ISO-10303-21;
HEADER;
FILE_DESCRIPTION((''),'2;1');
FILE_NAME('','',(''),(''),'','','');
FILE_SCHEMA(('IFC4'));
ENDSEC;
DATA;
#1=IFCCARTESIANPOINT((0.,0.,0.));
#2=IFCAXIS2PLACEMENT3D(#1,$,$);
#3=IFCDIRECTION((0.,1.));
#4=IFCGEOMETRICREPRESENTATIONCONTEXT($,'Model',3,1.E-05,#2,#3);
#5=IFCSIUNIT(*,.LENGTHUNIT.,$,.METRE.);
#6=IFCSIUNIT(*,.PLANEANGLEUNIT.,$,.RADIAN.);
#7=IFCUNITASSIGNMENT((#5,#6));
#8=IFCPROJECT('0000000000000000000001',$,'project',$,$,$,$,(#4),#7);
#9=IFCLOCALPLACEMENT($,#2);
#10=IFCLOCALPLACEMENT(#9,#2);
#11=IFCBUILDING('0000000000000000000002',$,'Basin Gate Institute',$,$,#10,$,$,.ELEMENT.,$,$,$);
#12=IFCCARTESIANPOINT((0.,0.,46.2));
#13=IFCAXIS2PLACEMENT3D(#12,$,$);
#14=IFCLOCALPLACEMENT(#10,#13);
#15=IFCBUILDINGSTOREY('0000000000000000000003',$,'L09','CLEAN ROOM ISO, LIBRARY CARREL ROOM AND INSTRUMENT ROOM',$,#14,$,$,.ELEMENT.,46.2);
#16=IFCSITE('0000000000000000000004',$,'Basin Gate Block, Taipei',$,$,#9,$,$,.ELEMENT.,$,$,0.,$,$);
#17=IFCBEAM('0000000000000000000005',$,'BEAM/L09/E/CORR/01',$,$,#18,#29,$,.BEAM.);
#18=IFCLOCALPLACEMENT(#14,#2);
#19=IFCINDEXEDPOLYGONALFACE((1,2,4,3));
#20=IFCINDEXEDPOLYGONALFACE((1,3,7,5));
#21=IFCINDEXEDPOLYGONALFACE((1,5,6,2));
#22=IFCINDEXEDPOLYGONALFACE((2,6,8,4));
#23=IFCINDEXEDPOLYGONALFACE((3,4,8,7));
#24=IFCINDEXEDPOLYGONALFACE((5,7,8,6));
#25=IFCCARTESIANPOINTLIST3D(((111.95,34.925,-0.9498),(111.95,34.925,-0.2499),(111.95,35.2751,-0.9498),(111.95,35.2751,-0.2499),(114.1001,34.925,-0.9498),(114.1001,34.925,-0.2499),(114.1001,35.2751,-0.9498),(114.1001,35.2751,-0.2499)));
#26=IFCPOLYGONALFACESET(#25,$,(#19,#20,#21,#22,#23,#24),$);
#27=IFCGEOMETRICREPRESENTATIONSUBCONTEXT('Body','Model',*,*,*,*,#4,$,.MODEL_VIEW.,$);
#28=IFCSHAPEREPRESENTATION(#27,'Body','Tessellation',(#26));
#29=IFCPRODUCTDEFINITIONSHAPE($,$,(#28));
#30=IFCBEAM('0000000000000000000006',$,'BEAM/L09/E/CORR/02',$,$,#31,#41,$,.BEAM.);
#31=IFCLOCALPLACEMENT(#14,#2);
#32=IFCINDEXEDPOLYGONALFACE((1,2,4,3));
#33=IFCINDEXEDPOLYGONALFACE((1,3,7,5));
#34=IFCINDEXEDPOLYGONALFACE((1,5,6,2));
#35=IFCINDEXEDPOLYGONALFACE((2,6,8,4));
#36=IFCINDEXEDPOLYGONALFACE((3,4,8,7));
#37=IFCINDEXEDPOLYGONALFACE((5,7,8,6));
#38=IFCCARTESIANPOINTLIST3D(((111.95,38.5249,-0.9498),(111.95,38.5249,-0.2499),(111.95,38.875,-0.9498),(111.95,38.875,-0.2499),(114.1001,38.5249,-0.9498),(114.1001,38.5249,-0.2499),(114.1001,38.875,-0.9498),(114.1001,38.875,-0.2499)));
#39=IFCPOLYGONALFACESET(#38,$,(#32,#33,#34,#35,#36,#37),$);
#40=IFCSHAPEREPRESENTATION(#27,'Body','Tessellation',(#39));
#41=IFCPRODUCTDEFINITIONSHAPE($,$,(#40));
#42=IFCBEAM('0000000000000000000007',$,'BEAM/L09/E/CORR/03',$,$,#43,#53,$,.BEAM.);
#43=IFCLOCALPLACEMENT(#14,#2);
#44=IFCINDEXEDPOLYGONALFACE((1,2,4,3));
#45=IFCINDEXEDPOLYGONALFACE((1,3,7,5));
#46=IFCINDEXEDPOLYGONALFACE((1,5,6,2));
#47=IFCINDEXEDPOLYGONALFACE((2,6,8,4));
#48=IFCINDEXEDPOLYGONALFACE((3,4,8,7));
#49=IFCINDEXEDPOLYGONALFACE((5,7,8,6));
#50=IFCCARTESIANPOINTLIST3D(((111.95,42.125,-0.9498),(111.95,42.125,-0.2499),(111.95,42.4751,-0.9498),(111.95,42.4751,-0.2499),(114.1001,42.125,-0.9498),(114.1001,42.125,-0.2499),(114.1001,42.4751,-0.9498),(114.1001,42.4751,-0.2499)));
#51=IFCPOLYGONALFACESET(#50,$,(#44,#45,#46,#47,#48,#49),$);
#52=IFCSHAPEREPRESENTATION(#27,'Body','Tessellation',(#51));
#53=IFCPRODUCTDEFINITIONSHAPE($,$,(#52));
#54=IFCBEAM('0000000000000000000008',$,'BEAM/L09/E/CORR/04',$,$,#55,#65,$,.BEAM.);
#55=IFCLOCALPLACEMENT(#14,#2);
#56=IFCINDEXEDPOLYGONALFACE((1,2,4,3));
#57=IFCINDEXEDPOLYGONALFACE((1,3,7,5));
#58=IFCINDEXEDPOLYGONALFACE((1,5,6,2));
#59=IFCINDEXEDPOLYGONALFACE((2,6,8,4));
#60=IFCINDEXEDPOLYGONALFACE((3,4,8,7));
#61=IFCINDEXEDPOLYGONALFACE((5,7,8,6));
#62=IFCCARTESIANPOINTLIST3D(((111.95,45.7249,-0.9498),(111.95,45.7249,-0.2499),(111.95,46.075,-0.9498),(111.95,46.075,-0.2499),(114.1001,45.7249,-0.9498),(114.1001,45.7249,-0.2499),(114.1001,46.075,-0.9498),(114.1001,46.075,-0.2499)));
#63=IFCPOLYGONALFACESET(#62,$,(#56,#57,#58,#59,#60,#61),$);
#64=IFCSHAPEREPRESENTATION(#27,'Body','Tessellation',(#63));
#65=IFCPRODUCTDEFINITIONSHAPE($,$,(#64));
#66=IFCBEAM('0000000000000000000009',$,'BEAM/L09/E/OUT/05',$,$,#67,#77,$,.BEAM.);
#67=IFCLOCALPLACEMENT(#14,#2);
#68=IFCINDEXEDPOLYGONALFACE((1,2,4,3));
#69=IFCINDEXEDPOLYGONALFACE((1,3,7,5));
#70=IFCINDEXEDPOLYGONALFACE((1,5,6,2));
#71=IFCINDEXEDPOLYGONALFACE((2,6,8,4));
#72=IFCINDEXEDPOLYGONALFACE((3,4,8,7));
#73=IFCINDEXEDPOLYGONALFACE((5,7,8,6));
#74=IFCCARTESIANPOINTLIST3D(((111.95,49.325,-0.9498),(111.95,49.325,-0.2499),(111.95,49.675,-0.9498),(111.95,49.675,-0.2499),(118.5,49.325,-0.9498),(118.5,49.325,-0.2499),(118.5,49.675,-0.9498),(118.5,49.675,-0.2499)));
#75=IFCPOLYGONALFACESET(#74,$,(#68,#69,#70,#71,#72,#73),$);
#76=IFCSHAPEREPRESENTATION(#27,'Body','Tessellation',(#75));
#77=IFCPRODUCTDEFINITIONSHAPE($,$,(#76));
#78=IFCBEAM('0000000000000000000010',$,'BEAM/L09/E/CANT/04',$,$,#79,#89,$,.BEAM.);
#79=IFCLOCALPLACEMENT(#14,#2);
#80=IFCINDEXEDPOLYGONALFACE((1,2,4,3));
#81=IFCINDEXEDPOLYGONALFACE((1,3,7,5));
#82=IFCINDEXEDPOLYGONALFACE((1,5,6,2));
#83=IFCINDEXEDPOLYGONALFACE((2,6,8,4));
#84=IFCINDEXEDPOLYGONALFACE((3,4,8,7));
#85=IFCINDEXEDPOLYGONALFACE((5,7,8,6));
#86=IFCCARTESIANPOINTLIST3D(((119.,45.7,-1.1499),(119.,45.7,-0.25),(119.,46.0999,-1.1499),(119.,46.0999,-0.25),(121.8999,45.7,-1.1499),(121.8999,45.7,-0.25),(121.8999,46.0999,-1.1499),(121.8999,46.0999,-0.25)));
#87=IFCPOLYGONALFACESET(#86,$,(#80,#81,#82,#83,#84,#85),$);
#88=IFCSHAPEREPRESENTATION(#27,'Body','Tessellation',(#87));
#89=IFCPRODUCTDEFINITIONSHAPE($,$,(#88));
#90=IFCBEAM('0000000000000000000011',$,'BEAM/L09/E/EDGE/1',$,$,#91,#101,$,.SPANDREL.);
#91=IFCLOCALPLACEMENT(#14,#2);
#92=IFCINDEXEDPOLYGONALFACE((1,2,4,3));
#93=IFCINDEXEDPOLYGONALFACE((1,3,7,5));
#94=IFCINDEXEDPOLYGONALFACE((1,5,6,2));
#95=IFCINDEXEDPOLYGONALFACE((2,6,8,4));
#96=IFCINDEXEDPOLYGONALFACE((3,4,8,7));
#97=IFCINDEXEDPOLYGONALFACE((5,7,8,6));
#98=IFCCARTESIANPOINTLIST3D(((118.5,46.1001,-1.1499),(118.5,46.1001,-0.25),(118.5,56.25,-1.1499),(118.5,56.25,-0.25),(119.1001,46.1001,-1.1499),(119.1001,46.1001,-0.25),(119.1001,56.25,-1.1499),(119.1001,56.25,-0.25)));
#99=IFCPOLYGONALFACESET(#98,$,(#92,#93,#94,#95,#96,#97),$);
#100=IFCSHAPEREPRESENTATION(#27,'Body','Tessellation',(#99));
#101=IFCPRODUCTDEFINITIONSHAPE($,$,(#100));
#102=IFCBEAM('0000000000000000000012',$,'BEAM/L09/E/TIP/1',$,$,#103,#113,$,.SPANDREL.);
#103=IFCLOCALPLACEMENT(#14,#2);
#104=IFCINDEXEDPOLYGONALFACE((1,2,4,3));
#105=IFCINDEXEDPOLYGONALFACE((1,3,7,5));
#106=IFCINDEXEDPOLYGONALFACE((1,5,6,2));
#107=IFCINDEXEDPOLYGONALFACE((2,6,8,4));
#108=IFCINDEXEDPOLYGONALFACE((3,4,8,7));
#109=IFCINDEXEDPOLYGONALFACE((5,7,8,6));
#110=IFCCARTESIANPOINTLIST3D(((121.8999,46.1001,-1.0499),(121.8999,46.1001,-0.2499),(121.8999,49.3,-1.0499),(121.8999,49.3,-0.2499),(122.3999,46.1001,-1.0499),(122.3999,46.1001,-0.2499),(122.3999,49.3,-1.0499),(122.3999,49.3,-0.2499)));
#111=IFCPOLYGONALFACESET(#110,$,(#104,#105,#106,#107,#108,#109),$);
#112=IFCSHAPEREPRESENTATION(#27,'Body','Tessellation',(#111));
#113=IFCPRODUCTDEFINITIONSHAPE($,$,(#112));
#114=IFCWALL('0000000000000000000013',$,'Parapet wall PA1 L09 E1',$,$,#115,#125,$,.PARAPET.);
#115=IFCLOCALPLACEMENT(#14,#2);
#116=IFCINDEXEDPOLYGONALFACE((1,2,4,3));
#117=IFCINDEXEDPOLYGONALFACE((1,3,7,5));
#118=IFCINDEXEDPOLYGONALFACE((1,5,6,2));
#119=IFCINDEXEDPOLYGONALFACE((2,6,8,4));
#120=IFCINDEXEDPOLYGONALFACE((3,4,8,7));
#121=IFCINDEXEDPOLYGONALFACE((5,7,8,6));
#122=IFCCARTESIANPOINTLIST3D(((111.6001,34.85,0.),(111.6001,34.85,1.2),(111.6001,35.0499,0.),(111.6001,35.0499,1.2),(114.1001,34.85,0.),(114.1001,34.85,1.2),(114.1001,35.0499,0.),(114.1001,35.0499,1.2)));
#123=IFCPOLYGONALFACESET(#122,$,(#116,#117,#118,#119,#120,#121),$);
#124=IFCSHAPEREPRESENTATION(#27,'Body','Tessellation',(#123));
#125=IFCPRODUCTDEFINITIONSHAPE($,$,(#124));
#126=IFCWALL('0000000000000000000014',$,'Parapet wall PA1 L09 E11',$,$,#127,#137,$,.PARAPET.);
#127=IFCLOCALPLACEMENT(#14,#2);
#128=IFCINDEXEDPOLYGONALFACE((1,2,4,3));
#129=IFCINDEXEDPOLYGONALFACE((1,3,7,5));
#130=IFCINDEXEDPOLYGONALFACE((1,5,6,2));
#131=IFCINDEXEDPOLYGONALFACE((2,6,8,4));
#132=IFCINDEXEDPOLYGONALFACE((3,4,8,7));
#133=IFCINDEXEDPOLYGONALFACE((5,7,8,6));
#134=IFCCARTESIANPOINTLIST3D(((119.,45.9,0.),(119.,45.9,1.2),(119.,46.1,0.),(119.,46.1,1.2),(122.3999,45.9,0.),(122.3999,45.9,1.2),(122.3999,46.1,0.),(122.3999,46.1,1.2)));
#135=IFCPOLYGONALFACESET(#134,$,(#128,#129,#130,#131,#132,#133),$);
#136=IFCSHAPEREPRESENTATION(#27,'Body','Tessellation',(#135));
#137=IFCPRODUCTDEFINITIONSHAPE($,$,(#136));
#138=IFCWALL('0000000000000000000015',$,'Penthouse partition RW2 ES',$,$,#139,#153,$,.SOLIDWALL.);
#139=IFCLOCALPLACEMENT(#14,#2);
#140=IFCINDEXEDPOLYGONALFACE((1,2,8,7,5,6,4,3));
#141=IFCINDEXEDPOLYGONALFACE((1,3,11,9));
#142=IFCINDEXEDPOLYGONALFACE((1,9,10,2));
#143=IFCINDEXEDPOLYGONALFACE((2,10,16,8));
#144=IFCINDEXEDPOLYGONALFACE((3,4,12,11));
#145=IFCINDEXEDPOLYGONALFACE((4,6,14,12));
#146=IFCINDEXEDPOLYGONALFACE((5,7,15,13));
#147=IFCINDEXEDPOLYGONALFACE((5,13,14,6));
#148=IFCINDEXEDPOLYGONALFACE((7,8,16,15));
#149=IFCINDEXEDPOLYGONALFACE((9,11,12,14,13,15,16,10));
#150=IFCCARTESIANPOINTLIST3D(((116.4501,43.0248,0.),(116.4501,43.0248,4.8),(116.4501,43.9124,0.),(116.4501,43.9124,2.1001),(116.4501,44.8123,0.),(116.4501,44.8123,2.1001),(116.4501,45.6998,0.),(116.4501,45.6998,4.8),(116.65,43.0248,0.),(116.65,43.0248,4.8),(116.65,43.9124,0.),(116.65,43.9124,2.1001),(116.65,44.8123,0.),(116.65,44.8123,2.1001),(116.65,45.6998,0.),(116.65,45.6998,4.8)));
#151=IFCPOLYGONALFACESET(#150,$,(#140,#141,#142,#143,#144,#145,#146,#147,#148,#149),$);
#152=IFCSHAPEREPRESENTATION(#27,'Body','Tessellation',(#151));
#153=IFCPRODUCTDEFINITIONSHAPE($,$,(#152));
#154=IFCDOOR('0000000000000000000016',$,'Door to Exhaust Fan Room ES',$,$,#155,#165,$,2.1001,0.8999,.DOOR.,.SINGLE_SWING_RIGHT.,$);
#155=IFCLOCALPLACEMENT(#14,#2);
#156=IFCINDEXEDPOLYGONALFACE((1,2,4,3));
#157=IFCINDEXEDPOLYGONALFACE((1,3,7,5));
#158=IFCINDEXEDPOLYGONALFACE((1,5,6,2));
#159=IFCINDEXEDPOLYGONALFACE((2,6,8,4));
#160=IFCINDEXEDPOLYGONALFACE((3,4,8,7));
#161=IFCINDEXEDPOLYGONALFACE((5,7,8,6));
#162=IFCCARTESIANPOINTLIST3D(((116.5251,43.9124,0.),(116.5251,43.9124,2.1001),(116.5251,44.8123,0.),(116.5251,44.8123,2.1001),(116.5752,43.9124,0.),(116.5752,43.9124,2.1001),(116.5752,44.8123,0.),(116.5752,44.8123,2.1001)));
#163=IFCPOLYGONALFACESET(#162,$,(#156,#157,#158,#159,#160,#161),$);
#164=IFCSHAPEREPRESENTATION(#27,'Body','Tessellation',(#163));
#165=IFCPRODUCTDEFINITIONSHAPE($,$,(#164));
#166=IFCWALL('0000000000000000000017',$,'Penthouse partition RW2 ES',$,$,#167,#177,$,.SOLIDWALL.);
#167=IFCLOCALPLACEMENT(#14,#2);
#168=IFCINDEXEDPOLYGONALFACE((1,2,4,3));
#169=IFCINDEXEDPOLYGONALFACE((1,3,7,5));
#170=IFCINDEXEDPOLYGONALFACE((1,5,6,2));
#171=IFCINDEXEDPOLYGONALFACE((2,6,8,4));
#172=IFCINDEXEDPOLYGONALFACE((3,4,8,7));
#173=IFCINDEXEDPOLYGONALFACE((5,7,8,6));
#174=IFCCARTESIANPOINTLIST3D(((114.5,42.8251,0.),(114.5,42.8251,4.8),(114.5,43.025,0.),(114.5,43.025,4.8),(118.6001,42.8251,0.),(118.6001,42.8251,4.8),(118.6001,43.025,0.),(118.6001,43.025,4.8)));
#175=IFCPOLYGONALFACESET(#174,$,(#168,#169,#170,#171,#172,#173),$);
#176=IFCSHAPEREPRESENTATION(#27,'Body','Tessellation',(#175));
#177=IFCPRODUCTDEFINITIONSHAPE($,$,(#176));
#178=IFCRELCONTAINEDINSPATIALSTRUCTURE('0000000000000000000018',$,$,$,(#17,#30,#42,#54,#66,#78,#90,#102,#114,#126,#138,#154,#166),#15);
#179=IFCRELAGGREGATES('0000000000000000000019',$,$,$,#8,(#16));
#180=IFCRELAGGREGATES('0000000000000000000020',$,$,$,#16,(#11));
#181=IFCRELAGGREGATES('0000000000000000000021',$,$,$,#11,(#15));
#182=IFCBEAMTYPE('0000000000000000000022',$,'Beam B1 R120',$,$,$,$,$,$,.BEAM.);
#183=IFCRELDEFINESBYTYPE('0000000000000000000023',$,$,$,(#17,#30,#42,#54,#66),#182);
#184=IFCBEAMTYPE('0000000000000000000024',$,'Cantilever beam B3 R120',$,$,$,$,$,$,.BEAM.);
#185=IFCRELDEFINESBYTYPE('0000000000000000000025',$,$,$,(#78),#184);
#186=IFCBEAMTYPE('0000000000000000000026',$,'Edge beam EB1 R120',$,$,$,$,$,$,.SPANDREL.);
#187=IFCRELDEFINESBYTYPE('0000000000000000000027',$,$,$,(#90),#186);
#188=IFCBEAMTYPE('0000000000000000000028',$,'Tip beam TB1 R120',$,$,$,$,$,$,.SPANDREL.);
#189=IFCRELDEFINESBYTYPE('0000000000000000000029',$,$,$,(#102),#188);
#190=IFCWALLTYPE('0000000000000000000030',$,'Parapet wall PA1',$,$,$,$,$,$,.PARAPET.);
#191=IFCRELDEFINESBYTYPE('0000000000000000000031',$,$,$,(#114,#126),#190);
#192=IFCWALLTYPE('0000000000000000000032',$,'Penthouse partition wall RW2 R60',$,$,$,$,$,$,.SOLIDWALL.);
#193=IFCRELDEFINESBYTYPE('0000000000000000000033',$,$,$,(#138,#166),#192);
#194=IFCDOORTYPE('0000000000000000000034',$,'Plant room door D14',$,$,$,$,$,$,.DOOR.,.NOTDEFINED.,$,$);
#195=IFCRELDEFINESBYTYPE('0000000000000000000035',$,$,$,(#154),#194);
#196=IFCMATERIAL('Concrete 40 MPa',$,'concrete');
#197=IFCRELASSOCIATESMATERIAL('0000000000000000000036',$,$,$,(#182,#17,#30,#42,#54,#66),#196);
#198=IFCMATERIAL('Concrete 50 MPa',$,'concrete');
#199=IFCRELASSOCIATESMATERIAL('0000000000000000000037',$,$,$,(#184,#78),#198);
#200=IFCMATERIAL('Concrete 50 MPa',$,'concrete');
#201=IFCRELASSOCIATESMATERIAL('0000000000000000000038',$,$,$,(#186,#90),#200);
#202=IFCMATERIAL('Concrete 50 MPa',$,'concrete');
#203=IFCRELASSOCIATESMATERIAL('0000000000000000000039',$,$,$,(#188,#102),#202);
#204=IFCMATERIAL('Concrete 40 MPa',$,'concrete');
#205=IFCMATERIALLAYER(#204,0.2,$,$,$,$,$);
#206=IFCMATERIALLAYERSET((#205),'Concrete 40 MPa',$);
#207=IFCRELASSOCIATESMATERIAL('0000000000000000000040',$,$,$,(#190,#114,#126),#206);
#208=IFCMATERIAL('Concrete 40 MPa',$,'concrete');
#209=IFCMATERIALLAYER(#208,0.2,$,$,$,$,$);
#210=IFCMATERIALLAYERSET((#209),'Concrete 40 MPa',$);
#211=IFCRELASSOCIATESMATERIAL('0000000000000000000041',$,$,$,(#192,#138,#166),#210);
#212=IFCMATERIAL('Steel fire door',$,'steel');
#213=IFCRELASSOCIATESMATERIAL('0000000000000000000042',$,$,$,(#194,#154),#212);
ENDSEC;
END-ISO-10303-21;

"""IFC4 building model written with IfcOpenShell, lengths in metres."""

from ifc_helpers import new_model, si_unit, direction, frame, frame_2d, origin, origin_2d, place, context, subcontext, project, spatial, rectangle, extrude, material, layer, layer_set, material_profile, profile_set, type_object, element, fill, save


model = new_model("IFC4")

# Units and contexts
model_context = context("Model", 3, precision=1e-05, world=origin(), true_north=direction((0.0, 1.0)))
body_context = subcontext(model_context, "Body", "Model", "MODEL_VIEW")
ifc_project = project(units=[si_unit("LENGTHUNIT", "METRE"), si_unit("PLANEANGLEUNIT", "RADIAN")], contexts=[model_context])

# Site, building, storey
site_placement = place(None, origin())
site = spatial("IfcSite", under=ifc_project, at=site_placement, Name="Basin Gate Block, Taipei", CompositionType="ELEMENT", RefElevation=0.0)
building_placement = place(site_placement, origin())
building = spatial("IfcBuilding", under=site, at=building_placement, Name="Basin Gate Institute", CompositionType="ELEMENT")
storey_placement = place(building_placement, frame((0.0, 0.0, 46.2)))
storey = spatial("IfcBuildingStorey", under=building, at=storey_placement, Name="L09", Description="CLEAN ROOM ISO, LIBRARY CARREL ROOM AND INSTRUMENT ROOM", CompositionType="ELEMENT", Elevation=46.2)

# Beams
ifc_material_1 = material(Name="Concrete 40 MPa", Category="concrete")
ifc_material_profile_1 = material_profile(ifc_material_1, rectangle(XDim=0.3501, YDim=0.7, at=origin_2d()), Name="Beam B1 350 x 700")
ifc_profile_set_1 = profile_set([ifc_material_profile_1], Name="Concrete 40 MPa")
beam_type_1 = type_object("IfcBeamType", Name="Beam B1 R120", PredefinedType="BEAM", material=ifc_profile_set_1)
for number, where, z_axis, x_axis, name in (
    (1, (114.1001, 35.1001, -0.5999), (-1.0, 0.0, 0.0), (0.0, -1.0, 0.0), "BEAM/L09/E/CORR/01"),
    (2, (114.1001, 38.7, -0.5999), (-1.0, 0.0, 0.0), (0.0, -1.0, 0.0), "BEAM/L09/E/CORR/02"),
    (3, (114.1001, 42.3, -0.5999), (-1.0, 0.0, 0.0), (0.0, -1.0, 0.0), "BEAM/L09/E/CORR/03"),
    (4, (114.1001, 45.8999, -0.5999), (-1.0, 0.0, 0.0), (0.0, -1.0, 0.0), "BEAM/L09/E/CORR/04"),
):
    element("IfcBeam", number, at=place(storey_placement, frame(where, z_axis=z_axis, x_axis=x_axis)), inside=storey, type_object=beam_type_1, material=ifc_profile_set_1, Name=name, PredefinedType="BEAM", context=body_context, shape_type="SweptSolid", body=[
        extrude(rectangle(XDim=0.3501, YDim=0.7, at=origin_2d()), origin(), (0.0, 0.0, 1.0), 2.1501),
    ])
beam_1_placement = place(storey_placement, frame((118.5, 49.5, -0.5999), z_axis=(-1.0, 0.0, 0.0), x_axis=(0.0, -1.0, 0.0)))
element("IfcBeam", 5, at=beam_1_placement, inside=storey, type_object=beam_type_1, material=ifc_profile_set_1, Name="BEAM/L09/E/OUT/05", PredefinedType="BEAM", context=body_context, shape_type="SweptSolid", body=[
    extrude(rectangle(XDim=0.3501, YDim=0.7, at=origin_2d()), origin(), (0.0, 0.0, 1.0), 6.55),
])
ifc_material_2 = material(Name="Concrete 50 MPa", Category="concrete")
ifc_material_profile_2 = material_profile(ifc_material_2, rectangle(XDim=0.3999, YDim=0.8999, at=origin_2d()), Name="Cantilever beam B3 400 x 900")
ifc_profile_set_2 = profile_set([ifc_material_profile_2], Name="Concrete 50 MPa")
beam_type_2 = type_object("IfcBeamType", Name="Cantilever beam B3 R120", PredefinedType="BEAM", material=ifc_profile_set_2)
beam_2_placement = place(storey_placement, frame((121.8999, 45.8999, -0.7), z_axis=(-1.0, 0.0, 0.0), x_axis=(0.0, -1.0, 0.0)))
element("IfcBeam", 6, at=beam_2_placement, inside=storey, type_object=beam_type_2, material=ifc_profile_set_2, Name="BEAM/L09/E/CANT/04", PredefinedType="BEAM", context=body_context, shape_type="SweptSolid", body=[
    extrude(rectangle(XDim=0.3999, YDim=0.8999, at=origin_2d()), origin(), (0.0, 0.0, 1.0), 2.8999),
])
ifc_material_3 = material(Name="Concrete 50 MPa", Category="concrete")
ifc_material_profile_3 = material_profile(ifc_material_3, rectangle(XDim=0.6001, YDim=0.8999, at=origin_2d()), Name="Edge beam EB1 600 x 900")
ifc_profile_set_3 = profile_set([ifc_material_profile_3], Name="Concrete 50 MPa")
beam_type_3 = type_object("IfcBeamType", Name="Edge beam EB1 R120", PredefinedType="SPANDREL", material=ifc_profile_set_3)
beam_3_placement = place(storey_placement, frame((118.8, 46.1001, -0.7), z_axis=(0.0, 1.0, 0.0), x_axis=(-1.0, 0.0, 0.0)))
element("IfcBeam", 7, at=beam_3_placement, inside=storey, type_object=beam_type_3, material=ifc_profile_set_3, Name="BEAM/L09/E/EDGE/1", PredefinedType="SPANDREL", context=body_context, shape_type="SweptSolid", body=[
    extrude(rectangle(XDim=0.6001, YDim=0.8999, at=origin_2d()), origin(), (0.0, 0.0, 1.0), 10.1499),
])
ifc_material_4 = material(Name="Concrete 50 MPa", Category="concrete")
ifc_material_profile_4 = material_profile(ifc_material_4, rectangle(XDim=0.5, YDim=0.8, at=origin_2d()), Name="Tip beam TB1 500 x 800")
ifc_profile_set_4 = profile_set([ifc_material_profile_4], Name="Concrete 50 MPa")
beam_type_4 = type_object("IfcBeamType", Name="Tip beam TB1 R120", PredefinedType="SPANDREL", material=ifc_profile_set_4)
beam_4_placement = place(storey_placement, frame((122.1499, 46.1001, -0.6499), z_axis=(0.0, 1.0, 0.0), x_axis=(-1.0, 0.0, 0.0)))
element("IfcBeam", 8, at=beam_4_placement, inside=storey, type_object=beam_type_4, material=ifc_profile_set_4, Name="BEAM/L09/E/TIP/1", PredefinedType="SPANDREL", context=body_context, shape_type="SweptSolid", body=[
    extrude(rectangle(XDim=0.5, YDim=0.8, at=origin_2d()), origin(), (0.0, 0.0, 1.0), 3.2),
])

# Walls
ifc_material_5 = material(Name="Concrete 40 MPa", Category="concrete")
ifc_layer_1 = layer(ifc_material_5, 0.2)
ifc_layer_set_1 = layer_set([ifc_layer_1], Name="Concrete 40 MPa")
wall_type_1 = type_object("IfcWallType", Name="Parapet wall PA1", PredefinedType="PARAPET", material=ifc_layer_set_1)
wall_1_placement = place(storey_placement, frame((114.1001, 34.95, 0.0), z_axis=(0.0, 0.0, 1.0), x_axis=(-1.0, 0.0, 0.0)))
element("IfcWall", 9, at=wall_1_placement, inside=storey, type_object=wall_type_1, material=ifc_layer_set_1, Name="Parapet wall PA1 L09 E1", PredefinedType="PARAPET", context=body_context, shape_type="SweptSolid", body=[
    extrude(rectangle(XDim=2.5, YDim=0.2, at=frame_2d((1.25, 0.0))), origin(), (0.0, 0.0, 1.0), 1.2),
])
wall_2_placement = place(storey_placement, frame((122.3999, 46.0, 0.0), z_axis=(0.0, 0.0, 1.0), x_axis=(-1.0, 0.0, 0.0)))
element("IfcWall", 10, at=wall_2_placement, inside=storey, type_object=wall_type_1, material=ifc_layer_set_1, Name="Parapet wall PA1 L09 E11", PredefinedType="PARAPET", context=body_context, shape_type="SweptSolid", body=[
    extrude(rectangle(XDim=3.3999, YDim=0.2, at=frame_2d((1.7, 0.0))), origin(), (0.0, 0.0, 1.0), 1.2),
])

# Wall, opening, door
ifc_material_6 = material(Name="Concrete 40 MPa", Category="concrete")
ifc_layer_2 = layer(ifc_material_6, 0.2)
ifc_layer_set_2 = layer_set([ifc_layer_2], Name="Concrete 40 MPa")
wall_type_2 = type_object("IfcWallType", Name="Penthouse partition wall RW2 R60", PredefinedType="SOLIDWALL", material=ifc_layer_set_2)
wall_3_placement = place(storey_placement, frame((116.55, 43.0249, 0.0), z_axis=(0.0, 0.0, 1.0), x_axis=(0.0, 1.0, 0.0)))
wall_3 = element("IfcWall", 11, at=wall_3_placement, inside=storey, type_object=wall_type_2, material=ifc_layer_set_2, Name="Penthouse partition RW2 ES", PredefinedType="SOLIDWALL", context=body_context, shape_type="SweptSolid", body=[
    extrude(rectangle(XDim=2.675, YDim=0.2, at=frame_2d((1.3374, 0.0))), origin(), (0.0, 0.0, 1.0), 4.8),
])
opening_1_placement = place(wall_3_placement, frame((0.8875, 0.0, 0.0)))
opening_1 = element("IfcOpeningElement", 12, at=opening_1_placement, cuts=wall_3, PredefinedType="OPENING", context=body_context, shape_type="SweptSolid", body=[
    extrude(rectangle(XDim=0.8999, YDim=2.1001, at=frame_2d((0.45, 1.05))), frame((0.0, 0.1099, 0.0), z_axis=(0.0, -1.0, 0.0), x_axis=(1.0, 0.0, 0.0)), (0.0, 0.0, 1.0), 0.22),
])
ifc_material_7 = material(Name="Steel fire door", Category="steel")
door_type_1 = type_object("IfcDoorType", Name="Plant room door D14", OperationType="NOTDEFINED", PredefinedType="DOOR", material=ifc_material_7)
door_1_placement = place(opening_1_placement, origin())
door_1 = element("IfcDoor", 13, at=door_1_placement, inside=storey, type_object=door_type_1, material=ifc_material_7, Name="Door to Exhaust Fan Room ES", OperationType="SINGLE_SWING_RIGHT", OverallHeight=2.1001, OverallWidth=0.8999, PredefinedType="DOOR", context=body_context, shape_type="SweptSolid", body=[
    extrude(rectangle(XDim=0.8999, YDim=2.1001, at=frame_2d((0.45, 1.05))), frame((0.0, 0.0249, 0.0), z_axis=(0.0, -1.0, 0.0), x_axis=(1.0, 0.0, 0.0)), (0.0, 0.0, 1.0), 0.05),
])
fill(opening_1, door_1)

# Wall
wall_4_placement = place(storey_placement, frame((114.5, 42.925, 0.0), z_axis=(0.0, 0.0, 1.0), x_axis=(1.0, 0.0, 0.0)))
element("IfcWall", 14, at=wall_4_placement, inside=storey, type_object=wall_type_2, material=ifc_layer_set_2, Name="Penthouse partition RW2 ES", PredefinedType="SOLIDWALL", context=body_context, shape_type="SweptSolid", body=[
    extrude(rectangle(XDim=4.1001, YDim=0.2, at=frame_2d((2.05, 0.0))), origin(), (0.0, 0.0, 1.0), 4.8),
])

save(model, "model.ifc")
